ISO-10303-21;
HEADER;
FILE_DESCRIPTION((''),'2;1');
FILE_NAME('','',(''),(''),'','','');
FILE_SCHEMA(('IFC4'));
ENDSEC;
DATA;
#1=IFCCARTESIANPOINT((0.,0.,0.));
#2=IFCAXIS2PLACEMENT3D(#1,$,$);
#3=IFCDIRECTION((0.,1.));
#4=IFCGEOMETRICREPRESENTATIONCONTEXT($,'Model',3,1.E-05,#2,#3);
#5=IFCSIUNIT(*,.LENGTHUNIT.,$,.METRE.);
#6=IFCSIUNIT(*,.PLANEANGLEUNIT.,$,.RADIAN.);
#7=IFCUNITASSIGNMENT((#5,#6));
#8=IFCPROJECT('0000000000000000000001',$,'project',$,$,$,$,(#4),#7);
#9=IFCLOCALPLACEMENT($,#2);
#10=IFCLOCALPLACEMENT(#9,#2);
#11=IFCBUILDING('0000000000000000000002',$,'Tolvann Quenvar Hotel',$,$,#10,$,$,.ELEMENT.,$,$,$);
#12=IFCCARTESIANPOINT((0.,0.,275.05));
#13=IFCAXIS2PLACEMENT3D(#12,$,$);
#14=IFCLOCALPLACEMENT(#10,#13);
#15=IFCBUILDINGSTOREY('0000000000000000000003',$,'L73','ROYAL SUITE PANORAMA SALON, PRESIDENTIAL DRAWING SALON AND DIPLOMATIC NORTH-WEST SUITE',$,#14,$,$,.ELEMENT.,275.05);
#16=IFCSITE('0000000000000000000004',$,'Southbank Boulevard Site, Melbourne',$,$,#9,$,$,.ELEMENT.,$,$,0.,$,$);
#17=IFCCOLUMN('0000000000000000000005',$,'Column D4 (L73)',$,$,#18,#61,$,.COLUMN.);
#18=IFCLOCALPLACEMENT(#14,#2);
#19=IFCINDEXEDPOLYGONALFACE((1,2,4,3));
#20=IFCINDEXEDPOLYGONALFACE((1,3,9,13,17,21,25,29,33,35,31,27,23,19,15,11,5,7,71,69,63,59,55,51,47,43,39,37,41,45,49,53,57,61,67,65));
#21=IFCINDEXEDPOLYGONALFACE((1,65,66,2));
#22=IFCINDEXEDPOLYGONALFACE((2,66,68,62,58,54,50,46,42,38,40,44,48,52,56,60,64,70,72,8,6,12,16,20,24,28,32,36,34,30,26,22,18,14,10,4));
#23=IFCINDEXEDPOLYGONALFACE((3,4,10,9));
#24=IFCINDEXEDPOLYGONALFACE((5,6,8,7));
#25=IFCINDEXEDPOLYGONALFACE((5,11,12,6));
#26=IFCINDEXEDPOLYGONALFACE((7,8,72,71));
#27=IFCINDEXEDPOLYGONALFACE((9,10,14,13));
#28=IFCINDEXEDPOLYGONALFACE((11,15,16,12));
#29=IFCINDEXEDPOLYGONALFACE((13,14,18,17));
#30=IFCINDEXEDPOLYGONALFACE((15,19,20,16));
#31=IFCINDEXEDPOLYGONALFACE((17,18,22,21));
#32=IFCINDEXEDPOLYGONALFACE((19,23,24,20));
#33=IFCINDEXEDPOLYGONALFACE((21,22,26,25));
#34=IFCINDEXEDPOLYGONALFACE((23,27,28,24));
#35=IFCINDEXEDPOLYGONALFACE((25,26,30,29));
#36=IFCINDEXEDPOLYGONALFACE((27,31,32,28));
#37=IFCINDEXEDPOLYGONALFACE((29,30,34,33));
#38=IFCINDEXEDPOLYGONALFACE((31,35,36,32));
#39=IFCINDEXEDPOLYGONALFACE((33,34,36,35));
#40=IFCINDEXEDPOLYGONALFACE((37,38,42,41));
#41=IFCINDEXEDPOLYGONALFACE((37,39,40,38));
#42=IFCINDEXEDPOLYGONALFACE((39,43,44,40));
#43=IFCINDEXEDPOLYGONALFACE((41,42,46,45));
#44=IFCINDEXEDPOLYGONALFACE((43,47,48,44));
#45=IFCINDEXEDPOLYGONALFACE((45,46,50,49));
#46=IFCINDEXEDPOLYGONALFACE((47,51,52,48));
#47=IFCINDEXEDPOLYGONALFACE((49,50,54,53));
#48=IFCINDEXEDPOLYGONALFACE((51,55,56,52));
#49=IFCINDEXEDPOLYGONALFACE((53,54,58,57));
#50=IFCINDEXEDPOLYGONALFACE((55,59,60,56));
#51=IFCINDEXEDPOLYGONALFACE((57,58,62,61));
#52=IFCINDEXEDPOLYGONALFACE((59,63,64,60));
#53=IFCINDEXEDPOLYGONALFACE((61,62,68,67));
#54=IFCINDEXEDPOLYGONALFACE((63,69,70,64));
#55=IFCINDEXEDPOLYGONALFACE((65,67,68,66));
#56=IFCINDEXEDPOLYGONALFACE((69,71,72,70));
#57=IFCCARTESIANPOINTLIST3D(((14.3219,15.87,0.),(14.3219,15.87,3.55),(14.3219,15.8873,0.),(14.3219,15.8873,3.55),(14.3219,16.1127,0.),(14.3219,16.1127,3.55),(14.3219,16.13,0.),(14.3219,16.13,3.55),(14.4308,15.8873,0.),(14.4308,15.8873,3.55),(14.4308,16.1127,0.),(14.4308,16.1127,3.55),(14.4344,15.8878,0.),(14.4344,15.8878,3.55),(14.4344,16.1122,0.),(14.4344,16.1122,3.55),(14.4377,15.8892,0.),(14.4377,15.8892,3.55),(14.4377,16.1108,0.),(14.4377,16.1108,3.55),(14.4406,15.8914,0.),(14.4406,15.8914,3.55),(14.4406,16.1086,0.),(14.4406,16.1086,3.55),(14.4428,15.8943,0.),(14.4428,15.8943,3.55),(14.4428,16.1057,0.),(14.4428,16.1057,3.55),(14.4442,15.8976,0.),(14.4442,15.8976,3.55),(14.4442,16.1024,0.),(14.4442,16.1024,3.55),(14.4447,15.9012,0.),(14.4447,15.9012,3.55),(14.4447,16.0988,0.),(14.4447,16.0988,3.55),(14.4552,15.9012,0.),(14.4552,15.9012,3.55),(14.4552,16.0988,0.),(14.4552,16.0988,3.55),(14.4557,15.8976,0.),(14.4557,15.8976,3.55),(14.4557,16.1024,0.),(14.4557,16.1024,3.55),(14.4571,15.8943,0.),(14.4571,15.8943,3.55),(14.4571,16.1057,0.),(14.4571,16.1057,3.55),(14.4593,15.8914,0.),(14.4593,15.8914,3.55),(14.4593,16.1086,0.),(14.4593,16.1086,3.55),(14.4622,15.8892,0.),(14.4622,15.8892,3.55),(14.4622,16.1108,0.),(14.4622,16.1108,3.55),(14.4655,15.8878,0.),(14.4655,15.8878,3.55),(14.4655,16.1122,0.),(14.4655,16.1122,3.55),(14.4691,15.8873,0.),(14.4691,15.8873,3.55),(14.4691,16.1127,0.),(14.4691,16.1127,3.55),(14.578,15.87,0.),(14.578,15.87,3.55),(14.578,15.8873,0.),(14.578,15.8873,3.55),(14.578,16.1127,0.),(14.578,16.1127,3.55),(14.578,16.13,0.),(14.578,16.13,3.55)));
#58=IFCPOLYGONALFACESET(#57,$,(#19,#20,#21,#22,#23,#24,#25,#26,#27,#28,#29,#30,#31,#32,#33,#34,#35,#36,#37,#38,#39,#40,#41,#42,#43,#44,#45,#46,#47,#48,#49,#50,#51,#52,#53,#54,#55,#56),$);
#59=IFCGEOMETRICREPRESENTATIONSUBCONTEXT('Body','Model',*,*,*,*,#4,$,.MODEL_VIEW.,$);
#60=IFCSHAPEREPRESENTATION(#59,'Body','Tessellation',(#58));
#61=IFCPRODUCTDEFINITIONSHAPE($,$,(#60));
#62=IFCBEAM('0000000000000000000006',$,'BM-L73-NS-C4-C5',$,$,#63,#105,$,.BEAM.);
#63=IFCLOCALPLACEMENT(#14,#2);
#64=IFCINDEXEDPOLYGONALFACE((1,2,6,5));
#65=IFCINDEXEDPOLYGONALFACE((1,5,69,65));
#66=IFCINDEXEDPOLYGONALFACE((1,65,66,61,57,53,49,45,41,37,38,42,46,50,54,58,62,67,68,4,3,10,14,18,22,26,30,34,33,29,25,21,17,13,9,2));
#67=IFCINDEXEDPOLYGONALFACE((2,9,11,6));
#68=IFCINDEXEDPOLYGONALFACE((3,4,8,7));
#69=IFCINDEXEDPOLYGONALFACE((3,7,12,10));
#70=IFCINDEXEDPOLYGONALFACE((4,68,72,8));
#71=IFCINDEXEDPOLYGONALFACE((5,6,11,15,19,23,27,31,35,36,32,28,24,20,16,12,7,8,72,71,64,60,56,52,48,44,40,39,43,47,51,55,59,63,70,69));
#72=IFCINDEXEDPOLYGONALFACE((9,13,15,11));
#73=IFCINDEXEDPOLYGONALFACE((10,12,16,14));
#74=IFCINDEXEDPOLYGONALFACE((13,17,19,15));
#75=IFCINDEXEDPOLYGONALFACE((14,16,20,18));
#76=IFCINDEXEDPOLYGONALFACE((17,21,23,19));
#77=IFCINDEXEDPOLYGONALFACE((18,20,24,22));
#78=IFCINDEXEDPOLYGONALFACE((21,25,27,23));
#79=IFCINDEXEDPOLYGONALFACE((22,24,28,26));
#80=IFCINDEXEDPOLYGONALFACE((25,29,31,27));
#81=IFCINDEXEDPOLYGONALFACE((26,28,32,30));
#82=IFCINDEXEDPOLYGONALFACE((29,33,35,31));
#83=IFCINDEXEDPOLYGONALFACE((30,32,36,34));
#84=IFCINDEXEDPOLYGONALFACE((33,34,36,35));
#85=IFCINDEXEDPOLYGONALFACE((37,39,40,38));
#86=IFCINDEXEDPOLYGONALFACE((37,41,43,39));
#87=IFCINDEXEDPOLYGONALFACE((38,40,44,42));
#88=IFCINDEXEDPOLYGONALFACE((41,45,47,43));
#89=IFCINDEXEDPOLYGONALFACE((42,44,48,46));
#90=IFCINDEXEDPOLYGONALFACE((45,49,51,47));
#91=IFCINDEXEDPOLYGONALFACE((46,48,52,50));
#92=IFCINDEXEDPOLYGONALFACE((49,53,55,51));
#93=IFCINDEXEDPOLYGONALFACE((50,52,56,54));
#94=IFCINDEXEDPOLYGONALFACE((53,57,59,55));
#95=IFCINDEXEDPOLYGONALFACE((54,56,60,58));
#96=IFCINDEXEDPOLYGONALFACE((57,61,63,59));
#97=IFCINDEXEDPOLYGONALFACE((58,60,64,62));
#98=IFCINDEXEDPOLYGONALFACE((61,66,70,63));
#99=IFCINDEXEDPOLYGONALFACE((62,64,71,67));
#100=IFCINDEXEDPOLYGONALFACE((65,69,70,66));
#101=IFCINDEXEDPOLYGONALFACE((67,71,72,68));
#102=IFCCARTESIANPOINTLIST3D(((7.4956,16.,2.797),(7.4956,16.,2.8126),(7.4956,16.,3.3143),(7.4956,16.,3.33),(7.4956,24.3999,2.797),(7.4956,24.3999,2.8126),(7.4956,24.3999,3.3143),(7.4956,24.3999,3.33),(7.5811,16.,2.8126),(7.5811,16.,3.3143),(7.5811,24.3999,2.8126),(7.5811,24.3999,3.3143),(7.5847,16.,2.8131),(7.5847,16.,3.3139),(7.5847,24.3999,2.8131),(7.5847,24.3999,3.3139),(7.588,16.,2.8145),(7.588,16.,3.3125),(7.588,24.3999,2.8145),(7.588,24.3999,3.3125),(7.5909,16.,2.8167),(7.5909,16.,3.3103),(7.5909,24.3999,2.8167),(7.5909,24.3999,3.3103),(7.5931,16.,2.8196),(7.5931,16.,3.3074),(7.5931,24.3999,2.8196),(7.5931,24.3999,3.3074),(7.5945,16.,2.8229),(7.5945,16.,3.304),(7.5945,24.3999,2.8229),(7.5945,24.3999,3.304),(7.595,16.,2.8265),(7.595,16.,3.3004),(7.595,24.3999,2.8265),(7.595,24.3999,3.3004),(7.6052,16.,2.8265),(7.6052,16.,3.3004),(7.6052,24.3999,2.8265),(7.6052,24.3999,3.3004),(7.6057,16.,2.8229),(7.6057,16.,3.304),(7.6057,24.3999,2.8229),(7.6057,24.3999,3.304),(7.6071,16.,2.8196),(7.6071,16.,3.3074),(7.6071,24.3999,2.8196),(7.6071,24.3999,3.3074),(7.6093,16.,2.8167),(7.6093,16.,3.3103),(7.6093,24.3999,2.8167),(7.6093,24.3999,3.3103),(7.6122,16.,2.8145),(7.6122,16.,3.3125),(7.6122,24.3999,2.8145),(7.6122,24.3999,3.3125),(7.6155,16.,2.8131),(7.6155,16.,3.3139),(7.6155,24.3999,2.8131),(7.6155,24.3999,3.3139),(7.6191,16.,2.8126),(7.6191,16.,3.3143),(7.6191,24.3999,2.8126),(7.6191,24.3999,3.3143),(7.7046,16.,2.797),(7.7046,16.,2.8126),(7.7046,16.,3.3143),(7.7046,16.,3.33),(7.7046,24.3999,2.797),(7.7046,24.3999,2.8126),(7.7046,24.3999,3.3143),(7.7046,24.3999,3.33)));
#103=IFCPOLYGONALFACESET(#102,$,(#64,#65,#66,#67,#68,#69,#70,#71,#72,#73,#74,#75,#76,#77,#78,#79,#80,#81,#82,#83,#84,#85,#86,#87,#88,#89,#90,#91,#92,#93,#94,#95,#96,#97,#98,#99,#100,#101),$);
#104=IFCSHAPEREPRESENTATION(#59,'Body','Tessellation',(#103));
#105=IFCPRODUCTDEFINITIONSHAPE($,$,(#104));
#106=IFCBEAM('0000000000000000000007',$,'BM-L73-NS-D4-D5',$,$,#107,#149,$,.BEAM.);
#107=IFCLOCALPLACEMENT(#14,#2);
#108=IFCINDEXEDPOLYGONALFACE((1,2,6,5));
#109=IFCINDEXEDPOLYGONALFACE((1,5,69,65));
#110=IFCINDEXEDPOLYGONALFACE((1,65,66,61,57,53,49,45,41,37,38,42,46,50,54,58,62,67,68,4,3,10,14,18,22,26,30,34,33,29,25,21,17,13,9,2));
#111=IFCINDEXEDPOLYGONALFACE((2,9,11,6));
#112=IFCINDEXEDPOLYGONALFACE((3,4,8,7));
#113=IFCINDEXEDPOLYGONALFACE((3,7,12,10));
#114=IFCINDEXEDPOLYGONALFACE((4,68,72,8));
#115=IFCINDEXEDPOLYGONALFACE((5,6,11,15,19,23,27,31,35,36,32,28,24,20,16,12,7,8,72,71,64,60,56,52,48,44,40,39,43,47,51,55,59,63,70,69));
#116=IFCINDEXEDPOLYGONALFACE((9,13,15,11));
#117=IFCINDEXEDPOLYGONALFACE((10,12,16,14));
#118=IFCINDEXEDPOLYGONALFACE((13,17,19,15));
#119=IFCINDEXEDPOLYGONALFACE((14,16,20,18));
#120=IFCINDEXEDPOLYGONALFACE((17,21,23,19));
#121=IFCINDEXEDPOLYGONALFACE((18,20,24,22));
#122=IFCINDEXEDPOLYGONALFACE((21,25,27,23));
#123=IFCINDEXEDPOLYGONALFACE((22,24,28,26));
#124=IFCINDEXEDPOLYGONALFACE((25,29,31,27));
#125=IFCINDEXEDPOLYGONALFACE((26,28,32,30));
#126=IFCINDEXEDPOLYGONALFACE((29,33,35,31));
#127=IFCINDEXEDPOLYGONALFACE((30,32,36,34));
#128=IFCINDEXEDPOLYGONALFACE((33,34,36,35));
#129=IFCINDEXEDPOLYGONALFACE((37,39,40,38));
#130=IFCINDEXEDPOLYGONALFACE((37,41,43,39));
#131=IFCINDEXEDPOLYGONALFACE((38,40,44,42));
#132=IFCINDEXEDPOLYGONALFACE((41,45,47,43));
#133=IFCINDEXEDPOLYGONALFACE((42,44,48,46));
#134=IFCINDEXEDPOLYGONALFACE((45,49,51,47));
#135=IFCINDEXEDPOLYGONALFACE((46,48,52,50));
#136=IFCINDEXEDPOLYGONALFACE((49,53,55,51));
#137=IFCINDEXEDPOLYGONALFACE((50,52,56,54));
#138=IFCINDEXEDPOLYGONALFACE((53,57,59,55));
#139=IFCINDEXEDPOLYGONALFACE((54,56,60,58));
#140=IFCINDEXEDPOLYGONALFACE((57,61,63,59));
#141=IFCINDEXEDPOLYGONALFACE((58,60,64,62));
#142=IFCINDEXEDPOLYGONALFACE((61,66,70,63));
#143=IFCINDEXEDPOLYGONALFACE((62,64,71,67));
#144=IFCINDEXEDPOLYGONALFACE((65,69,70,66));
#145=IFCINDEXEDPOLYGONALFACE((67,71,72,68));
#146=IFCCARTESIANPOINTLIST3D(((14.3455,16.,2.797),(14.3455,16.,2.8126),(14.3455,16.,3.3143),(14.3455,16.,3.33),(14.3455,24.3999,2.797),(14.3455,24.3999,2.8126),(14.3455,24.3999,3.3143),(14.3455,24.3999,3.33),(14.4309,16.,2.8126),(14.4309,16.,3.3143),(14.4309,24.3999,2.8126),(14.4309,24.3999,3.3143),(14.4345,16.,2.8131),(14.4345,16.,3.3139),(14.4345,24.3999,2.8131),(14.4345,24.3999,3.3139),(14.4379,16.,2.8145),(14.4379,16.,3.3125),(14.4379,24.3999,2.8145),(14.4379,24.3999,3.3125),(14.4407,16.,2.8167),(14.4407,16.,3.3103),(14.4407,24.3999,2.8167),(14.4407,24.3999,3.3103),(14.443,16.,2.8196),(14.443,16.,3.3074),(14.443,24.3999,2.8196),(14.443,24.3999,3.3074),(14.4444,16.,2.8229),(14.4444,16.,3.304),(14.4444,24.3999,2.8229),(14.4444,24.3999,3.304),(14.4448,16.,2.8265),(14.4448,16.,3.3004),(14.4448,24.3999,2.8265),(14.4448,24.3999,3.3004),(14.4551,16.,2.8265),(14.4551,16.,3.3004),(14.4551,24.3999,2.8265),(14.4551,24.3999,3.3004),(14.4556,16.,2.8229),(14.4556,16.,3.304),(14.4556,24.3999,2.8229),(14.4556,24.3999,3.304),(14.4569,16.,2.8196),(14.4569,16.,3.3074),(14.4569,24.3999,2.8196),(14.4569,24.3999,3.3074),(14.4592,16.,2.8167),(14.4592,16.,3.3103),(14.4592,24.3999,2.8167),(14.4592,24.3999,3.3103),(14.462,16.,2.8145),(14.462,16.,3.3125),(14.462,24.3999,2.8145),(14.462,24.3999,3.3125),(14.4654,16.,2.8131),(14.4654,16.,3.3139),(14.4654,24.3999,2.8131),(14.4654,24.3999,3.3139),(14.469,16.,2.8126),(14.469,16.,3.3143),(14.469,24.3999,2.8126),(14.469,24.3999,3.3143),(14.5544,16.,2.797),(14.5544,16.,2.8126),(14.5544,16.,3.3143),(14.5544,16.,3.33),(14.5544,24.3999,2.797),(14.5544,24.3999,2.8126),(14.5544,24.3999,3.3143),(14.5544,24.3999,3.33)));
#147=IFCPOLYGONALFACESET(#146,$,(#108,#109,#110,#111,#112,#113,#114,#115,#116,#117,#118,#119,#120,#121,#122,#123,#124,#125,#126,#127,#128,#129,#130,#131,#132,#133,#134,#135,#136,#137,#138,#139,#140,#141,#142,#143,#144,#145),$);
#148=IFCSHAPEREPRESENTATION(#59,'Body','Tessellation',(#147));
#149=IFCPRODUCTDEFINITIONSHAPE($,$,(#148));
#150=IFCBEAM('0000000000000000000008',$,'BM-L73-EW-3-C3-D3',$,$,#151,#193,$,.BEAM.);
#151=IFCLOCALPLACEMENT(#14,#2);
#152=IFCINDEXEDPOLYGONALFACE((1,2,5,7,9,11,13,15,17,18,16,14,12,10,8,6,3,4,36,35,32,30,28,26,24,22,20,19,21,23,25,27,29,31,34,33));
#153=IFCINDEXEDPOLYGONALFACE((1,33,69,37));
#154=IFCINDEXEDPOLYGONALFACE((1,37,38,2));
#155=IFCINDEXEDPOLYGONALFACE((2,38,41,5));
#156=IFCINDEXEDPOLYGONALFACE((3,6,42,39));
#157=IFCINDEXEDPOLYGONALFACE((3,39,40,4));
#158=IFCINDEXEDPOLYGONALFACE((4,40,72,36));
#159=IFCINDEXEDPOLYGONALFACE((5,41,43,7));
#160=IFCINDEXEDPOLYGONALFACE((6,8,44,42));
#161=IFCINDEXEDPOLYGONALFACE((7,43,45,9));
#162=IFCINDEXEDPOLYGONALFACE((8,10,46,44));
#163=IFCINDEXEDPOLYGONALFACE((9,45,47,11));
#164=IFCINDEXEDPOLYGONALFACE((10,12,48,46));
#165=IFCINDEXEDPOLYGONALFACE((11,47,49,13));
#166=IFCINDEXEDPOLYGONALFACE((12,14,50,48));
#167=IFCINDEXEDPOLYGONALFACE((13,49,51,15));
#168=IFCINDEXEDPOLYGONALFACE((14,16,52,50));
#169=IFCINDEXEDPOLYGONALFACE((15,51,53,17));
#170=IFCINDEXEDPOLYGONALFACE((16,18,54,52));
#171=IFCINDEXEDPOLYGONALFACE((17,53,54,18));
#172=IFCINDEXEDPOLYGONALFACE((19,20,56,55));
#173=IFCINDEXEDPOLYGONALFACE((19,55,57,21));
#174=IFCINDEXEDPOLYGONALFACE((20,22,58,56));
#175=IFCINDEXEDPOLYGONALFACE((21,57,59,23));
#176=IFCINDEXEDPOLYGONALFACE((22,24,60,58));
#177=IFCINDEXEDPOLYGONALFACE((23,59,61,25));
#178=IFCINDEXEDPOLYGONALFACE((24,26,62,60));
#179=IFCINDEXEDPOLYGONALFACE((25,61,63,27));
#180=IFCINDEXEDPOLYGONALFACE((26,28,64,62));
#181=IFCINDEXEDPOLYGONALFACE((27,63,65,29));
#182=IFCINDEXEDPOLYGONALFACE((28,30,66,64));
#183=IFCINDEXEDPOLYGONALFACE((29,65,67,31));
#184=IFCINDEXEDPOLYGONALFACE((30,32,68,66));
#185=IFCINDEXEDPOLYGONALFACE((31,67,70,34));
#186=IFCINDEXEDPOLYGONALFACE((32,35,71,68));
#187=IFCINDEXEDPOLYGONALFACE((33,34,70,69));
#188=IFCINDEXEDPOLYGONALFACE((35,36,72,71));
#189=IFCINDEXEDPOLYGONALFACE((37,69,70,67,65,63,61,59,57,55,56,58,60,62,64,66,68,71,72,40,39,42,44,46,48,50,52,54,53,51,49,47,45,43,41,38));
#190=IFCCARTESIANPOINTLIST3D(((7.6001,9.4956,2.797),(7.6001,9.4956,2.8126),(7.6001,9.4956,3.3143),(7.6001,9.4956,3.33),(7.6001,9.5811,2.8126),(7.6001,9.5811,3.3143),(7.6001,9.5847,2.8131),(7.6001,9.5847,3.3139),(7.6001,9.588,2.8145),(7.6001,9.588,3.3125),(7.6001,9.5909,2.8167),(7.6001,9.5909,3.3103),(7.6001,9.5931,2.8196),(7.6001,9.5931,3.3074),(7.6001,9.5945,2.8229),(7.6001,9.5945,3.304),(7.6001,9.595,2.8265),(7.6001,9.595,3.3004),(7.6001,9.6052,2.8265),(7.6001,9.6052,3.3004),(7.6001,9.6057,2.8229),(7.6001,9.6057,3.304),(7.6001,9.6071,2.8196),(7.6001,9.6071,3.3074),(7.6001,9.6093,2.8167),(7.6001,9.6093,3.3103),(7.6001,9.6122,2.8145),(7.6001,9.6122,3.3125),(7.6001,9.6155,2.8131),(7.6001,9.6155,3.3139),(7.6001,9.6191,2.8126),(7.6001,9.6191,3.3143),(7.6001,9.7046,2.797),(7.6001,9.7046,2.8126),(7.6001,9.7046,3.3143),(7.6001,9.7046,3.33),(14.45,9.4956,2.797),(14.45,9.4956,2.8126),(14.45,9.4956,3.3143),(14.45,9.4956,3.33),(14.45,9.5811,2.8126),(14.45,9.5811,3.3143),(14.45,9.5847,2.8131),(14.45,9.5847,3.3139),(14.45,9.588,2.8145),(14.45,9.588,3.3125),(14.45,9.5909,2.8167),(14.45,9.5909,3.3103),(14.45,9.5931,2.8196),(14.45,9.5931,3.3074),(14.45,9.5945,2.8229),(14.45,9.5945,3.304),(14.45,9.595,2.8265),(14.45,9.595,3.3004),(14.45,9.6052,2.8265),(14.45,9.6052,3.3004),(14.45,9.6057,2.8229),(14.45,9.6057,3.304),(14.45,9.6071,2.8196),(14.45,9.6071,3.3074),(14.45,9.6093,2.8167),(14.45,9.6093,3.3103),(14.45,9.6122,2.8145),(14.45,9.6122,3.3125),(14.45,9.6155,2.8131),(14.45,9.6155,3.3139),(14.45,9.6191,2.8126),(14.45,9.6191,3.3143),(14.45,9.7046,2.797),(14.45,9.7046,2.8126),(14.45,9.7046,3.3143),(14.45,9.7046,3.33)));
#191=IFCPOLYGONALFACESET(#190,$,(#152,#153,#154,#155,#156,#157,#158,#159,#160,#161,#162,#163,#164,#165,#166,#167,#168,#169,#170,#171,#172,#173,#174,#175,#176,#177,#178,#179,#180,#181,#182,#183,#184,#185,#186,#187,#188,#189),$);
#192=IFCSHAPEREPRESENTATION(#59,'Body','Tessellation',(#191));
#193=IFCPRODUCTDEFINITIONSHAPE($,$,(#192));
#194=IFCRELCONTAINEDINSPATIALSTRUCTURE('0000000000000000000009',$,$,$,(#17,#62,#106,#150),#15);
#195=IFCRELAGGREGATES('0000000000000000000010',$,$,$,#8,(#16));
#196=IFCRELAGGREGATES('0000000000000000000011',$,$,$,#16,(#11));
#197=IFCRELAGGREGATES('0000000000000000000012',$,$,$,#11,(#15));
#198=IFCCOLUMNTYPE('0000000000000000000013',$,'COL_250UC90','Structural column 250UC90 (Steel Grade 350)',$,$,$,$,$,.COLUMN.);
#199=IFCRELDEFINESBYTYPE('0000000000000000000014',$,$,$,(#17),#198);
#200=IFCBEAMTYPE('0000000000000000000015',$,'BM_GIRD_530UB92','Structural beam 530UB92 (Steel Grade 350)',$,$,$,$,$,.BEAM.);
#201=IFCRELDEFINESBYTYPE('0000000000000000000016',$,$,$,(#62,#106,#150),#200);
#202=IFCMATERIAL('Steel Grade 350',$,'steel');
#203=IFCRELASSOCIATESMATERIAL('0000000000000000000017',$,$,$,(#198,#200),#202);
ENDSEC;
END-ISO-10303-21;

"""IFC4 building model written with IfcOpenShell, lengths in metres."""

from ifc_helpers import new_model, si_unit, direction, frame, origin, origin_2d, place, context, subcontext, project, spatial, i_section, extrude, source, transform, mapped, material, material_profile, profile_set, type_object, type_shapes, element, save


model = new_model("IFC4")

# Units and contexts
model_context = context("Model", 3, precision=1e-05, world=origin(), true_north=direction((0.0, 1.0)))
body_context = subcontext(model_context, "Body", "Model", "MODEL_VIEW")
ifc_project = project(units=[si_unit("LENGTHUNIT", "METRE"), si_unit("PLANEANGLEUNIT", "RADIAN")], contexts=[model_context])

# Site, building, storey
site_placement = place(None, origin())
site = spatial("IfcSite", under=ifc_project, at=site_placement, Name="Southbank Boulevard Site, Melbourne", CompositionType="ELEMENT", RefElevation=0.0)
building_placement = place(site_placement, origin())
building = spatial("IfcBuilding", under=site, at=building_placement, Name="Tolvann Quenvar Hotel", CompositionType="ELEMENT")
storey_placement = place(building_placement, frame((0.0, 0.0, 275.05)))
storey = spatial("IfcBuildingStorey", under=building, at=storey_placement, Name="L73", Description="ROYAL SUITE PANORAMA SALON, PRESIDENTIAL DRAWING SALON AND DIPLOMATIC NORTH-WEST SUITE", CompositionType="ELEMENT", Elevation=275.05)

# Column
ifc_material_1 = material(Name="Steel Grade 350", Category="steel")
ifc_material_profile_1 = material_profile(ifc_material_1, i_section(OverallWidth=0.2561, OverallDepth=0.26, WebThickness=0.0105, FlangeThickness=0.0173, FilletRadius=0.0139, at=origin_2d()), Name="250UC90")
ifc_profile_set_1 = profile_set([ifc_material_profile_1], Name="Steel Grade 350")
column_type_1 = type_object("IfcColumnType", Name="COL_250UC90", Description="Structural column 250UC90 (Steel Grade 350)", PredefinedType="COLUMN", material=ifc_profile_set_1)
shared_shape_1 = source(origin(), body_context, "Body", "SweptSolid", [
    extrude(i_section(OverallWidth=0.2561, OverallDepth=0.26, WebThickness=0.0105, FlangeThickness=0.0173, FilletRadius=0.0139, at=origin_2d()), origin(), (0.0, 0.0, 1.0), 3.55),
])
type_shapes(column_type_1, [shared_shape_1])
for number, where, z_axis, x_axis, name in (
    (1, (14.45, 16.0, 0.0), (0.0, 0.0, 1.0), (1.0, 0.0, 0.0), "Column D4 (L73)"),
):
    element("IfcColumn", number, at=place(storey_placement, frame(where, z_axis=z_axis, x_axis=x_axis)), inside=storey, type_object=column_type_1, Name=name, PredefinedType="COLUMN", context=body_context, shape_type="MappedRepresentation", body=[
        mapped(shared_shape_1, transform((0.0, 0.0, 0.0), x_axis=(1.0, 0.0, 0.0), y_axis=(0.0, 1.0, 0.0), z_axis=(0.0, 0.0, 1.0), scale=1.0)),
    ])

# Beams
ifc_material_profile_2 = material_profile(ifc_material_1, i_section(OverallWidth=0.209, OverallDepth=0.533, WebThickness=0.0103, FlangeThickness=0.0156, FilletRadius=0.0139, at=origin_2d()), Name="530UB92")
ifc_profile_set_2 = profile_set([ifc_material_profile_2], Name="Steel Grade 350")
beam_type_1 = type_object("IfcBeamType", Name="BM_GIRD_530UB92", Description="Structural beam 530UB92 (Steel Grade 350)", PredefinedType="BEAM", material=ifc_profile_set_2)
shared_shape_2 = source(origin(), body_context, "Body", "SweptSolid", [
    extrude(i_section(OverallWidth=0.209, OverallDepth=0.533, WebThickness=0.0103, FlangeThickness=0.0156, FilletRadius=0.0139, at=origin_2d()), origin(), (0.0, 0.0, 1.0), 8.3999),
])
for number, where, z_axis, x_axis, name in (
    (2, (7.6001, 16.0, 3.0635), (0.0, 1.0, 0.0), (-1.0, 0.0, 0.0), "BM-L73-NS-C4-C5"),
    (3, (14.45, 16.0, 3.0635), (0.0, 1.0, 0.0), (-1.0, 0.0, 0.0), "BM-L73-NS-D4-D5"),
):
    element("IfcBeam", number, at=place(storey_placement, frame(where, z_axis=z_axis, x_axis=x_axis)), inside=storey, type_object=beam_type_1, Name=name, PredefinedType="BEAM", context=body_context, shape_type="MappedRepresentation", body=[
        mapped(shared_shape_2, transform((0.0, 0.0, 0.0), x_axis=(1.0, 0.0, 0.0), y_axis=(0.0, 1.0, 0.0), z_axis=(0.0, 0.0, 1.0), scale=1.0)),
    ])
shared_shape_3 = source(origin(), body_context, "Body", "SweptSolid", [
    extrude(i_section(OverallWidth=0.209, OverallDepth=0.533, WebThickness=0.0103, FlangeThickness=0.0156, FilletRadius=0.0139, at=origin_2d()), origin(), (0.0, 0.0, 1.0), 6.8499),
])
for number, where, z_axis, x_axis, name in (
    (4, (7.6001, 9.6001, 3.0635), (1.0, 0.0, 0.0), (0.0, 1.0, 0.0), "BM-L73-EW-3-C3-D3"),
):
    element("IfcBeam", number, at=place(storey_placement, frame(where, z_axis=z_axis, x_axis=x_axis)), inside=storey, type_object=beam_type_1, Name=name, PredefinedType="BEAM", context=body_context, shape_type="MappedRepresentation", body=[
        mapped(shared_shape_3, transform((0.0, 0.0, 0.0), x_axis=(1.0, 0.0, 0.0), y_axis=(0.0, 1.0, 0.0), z_axis=(0.0, 0.0, 1.0), scale=1.0)),
    ])

save(model, "model.ifc")
